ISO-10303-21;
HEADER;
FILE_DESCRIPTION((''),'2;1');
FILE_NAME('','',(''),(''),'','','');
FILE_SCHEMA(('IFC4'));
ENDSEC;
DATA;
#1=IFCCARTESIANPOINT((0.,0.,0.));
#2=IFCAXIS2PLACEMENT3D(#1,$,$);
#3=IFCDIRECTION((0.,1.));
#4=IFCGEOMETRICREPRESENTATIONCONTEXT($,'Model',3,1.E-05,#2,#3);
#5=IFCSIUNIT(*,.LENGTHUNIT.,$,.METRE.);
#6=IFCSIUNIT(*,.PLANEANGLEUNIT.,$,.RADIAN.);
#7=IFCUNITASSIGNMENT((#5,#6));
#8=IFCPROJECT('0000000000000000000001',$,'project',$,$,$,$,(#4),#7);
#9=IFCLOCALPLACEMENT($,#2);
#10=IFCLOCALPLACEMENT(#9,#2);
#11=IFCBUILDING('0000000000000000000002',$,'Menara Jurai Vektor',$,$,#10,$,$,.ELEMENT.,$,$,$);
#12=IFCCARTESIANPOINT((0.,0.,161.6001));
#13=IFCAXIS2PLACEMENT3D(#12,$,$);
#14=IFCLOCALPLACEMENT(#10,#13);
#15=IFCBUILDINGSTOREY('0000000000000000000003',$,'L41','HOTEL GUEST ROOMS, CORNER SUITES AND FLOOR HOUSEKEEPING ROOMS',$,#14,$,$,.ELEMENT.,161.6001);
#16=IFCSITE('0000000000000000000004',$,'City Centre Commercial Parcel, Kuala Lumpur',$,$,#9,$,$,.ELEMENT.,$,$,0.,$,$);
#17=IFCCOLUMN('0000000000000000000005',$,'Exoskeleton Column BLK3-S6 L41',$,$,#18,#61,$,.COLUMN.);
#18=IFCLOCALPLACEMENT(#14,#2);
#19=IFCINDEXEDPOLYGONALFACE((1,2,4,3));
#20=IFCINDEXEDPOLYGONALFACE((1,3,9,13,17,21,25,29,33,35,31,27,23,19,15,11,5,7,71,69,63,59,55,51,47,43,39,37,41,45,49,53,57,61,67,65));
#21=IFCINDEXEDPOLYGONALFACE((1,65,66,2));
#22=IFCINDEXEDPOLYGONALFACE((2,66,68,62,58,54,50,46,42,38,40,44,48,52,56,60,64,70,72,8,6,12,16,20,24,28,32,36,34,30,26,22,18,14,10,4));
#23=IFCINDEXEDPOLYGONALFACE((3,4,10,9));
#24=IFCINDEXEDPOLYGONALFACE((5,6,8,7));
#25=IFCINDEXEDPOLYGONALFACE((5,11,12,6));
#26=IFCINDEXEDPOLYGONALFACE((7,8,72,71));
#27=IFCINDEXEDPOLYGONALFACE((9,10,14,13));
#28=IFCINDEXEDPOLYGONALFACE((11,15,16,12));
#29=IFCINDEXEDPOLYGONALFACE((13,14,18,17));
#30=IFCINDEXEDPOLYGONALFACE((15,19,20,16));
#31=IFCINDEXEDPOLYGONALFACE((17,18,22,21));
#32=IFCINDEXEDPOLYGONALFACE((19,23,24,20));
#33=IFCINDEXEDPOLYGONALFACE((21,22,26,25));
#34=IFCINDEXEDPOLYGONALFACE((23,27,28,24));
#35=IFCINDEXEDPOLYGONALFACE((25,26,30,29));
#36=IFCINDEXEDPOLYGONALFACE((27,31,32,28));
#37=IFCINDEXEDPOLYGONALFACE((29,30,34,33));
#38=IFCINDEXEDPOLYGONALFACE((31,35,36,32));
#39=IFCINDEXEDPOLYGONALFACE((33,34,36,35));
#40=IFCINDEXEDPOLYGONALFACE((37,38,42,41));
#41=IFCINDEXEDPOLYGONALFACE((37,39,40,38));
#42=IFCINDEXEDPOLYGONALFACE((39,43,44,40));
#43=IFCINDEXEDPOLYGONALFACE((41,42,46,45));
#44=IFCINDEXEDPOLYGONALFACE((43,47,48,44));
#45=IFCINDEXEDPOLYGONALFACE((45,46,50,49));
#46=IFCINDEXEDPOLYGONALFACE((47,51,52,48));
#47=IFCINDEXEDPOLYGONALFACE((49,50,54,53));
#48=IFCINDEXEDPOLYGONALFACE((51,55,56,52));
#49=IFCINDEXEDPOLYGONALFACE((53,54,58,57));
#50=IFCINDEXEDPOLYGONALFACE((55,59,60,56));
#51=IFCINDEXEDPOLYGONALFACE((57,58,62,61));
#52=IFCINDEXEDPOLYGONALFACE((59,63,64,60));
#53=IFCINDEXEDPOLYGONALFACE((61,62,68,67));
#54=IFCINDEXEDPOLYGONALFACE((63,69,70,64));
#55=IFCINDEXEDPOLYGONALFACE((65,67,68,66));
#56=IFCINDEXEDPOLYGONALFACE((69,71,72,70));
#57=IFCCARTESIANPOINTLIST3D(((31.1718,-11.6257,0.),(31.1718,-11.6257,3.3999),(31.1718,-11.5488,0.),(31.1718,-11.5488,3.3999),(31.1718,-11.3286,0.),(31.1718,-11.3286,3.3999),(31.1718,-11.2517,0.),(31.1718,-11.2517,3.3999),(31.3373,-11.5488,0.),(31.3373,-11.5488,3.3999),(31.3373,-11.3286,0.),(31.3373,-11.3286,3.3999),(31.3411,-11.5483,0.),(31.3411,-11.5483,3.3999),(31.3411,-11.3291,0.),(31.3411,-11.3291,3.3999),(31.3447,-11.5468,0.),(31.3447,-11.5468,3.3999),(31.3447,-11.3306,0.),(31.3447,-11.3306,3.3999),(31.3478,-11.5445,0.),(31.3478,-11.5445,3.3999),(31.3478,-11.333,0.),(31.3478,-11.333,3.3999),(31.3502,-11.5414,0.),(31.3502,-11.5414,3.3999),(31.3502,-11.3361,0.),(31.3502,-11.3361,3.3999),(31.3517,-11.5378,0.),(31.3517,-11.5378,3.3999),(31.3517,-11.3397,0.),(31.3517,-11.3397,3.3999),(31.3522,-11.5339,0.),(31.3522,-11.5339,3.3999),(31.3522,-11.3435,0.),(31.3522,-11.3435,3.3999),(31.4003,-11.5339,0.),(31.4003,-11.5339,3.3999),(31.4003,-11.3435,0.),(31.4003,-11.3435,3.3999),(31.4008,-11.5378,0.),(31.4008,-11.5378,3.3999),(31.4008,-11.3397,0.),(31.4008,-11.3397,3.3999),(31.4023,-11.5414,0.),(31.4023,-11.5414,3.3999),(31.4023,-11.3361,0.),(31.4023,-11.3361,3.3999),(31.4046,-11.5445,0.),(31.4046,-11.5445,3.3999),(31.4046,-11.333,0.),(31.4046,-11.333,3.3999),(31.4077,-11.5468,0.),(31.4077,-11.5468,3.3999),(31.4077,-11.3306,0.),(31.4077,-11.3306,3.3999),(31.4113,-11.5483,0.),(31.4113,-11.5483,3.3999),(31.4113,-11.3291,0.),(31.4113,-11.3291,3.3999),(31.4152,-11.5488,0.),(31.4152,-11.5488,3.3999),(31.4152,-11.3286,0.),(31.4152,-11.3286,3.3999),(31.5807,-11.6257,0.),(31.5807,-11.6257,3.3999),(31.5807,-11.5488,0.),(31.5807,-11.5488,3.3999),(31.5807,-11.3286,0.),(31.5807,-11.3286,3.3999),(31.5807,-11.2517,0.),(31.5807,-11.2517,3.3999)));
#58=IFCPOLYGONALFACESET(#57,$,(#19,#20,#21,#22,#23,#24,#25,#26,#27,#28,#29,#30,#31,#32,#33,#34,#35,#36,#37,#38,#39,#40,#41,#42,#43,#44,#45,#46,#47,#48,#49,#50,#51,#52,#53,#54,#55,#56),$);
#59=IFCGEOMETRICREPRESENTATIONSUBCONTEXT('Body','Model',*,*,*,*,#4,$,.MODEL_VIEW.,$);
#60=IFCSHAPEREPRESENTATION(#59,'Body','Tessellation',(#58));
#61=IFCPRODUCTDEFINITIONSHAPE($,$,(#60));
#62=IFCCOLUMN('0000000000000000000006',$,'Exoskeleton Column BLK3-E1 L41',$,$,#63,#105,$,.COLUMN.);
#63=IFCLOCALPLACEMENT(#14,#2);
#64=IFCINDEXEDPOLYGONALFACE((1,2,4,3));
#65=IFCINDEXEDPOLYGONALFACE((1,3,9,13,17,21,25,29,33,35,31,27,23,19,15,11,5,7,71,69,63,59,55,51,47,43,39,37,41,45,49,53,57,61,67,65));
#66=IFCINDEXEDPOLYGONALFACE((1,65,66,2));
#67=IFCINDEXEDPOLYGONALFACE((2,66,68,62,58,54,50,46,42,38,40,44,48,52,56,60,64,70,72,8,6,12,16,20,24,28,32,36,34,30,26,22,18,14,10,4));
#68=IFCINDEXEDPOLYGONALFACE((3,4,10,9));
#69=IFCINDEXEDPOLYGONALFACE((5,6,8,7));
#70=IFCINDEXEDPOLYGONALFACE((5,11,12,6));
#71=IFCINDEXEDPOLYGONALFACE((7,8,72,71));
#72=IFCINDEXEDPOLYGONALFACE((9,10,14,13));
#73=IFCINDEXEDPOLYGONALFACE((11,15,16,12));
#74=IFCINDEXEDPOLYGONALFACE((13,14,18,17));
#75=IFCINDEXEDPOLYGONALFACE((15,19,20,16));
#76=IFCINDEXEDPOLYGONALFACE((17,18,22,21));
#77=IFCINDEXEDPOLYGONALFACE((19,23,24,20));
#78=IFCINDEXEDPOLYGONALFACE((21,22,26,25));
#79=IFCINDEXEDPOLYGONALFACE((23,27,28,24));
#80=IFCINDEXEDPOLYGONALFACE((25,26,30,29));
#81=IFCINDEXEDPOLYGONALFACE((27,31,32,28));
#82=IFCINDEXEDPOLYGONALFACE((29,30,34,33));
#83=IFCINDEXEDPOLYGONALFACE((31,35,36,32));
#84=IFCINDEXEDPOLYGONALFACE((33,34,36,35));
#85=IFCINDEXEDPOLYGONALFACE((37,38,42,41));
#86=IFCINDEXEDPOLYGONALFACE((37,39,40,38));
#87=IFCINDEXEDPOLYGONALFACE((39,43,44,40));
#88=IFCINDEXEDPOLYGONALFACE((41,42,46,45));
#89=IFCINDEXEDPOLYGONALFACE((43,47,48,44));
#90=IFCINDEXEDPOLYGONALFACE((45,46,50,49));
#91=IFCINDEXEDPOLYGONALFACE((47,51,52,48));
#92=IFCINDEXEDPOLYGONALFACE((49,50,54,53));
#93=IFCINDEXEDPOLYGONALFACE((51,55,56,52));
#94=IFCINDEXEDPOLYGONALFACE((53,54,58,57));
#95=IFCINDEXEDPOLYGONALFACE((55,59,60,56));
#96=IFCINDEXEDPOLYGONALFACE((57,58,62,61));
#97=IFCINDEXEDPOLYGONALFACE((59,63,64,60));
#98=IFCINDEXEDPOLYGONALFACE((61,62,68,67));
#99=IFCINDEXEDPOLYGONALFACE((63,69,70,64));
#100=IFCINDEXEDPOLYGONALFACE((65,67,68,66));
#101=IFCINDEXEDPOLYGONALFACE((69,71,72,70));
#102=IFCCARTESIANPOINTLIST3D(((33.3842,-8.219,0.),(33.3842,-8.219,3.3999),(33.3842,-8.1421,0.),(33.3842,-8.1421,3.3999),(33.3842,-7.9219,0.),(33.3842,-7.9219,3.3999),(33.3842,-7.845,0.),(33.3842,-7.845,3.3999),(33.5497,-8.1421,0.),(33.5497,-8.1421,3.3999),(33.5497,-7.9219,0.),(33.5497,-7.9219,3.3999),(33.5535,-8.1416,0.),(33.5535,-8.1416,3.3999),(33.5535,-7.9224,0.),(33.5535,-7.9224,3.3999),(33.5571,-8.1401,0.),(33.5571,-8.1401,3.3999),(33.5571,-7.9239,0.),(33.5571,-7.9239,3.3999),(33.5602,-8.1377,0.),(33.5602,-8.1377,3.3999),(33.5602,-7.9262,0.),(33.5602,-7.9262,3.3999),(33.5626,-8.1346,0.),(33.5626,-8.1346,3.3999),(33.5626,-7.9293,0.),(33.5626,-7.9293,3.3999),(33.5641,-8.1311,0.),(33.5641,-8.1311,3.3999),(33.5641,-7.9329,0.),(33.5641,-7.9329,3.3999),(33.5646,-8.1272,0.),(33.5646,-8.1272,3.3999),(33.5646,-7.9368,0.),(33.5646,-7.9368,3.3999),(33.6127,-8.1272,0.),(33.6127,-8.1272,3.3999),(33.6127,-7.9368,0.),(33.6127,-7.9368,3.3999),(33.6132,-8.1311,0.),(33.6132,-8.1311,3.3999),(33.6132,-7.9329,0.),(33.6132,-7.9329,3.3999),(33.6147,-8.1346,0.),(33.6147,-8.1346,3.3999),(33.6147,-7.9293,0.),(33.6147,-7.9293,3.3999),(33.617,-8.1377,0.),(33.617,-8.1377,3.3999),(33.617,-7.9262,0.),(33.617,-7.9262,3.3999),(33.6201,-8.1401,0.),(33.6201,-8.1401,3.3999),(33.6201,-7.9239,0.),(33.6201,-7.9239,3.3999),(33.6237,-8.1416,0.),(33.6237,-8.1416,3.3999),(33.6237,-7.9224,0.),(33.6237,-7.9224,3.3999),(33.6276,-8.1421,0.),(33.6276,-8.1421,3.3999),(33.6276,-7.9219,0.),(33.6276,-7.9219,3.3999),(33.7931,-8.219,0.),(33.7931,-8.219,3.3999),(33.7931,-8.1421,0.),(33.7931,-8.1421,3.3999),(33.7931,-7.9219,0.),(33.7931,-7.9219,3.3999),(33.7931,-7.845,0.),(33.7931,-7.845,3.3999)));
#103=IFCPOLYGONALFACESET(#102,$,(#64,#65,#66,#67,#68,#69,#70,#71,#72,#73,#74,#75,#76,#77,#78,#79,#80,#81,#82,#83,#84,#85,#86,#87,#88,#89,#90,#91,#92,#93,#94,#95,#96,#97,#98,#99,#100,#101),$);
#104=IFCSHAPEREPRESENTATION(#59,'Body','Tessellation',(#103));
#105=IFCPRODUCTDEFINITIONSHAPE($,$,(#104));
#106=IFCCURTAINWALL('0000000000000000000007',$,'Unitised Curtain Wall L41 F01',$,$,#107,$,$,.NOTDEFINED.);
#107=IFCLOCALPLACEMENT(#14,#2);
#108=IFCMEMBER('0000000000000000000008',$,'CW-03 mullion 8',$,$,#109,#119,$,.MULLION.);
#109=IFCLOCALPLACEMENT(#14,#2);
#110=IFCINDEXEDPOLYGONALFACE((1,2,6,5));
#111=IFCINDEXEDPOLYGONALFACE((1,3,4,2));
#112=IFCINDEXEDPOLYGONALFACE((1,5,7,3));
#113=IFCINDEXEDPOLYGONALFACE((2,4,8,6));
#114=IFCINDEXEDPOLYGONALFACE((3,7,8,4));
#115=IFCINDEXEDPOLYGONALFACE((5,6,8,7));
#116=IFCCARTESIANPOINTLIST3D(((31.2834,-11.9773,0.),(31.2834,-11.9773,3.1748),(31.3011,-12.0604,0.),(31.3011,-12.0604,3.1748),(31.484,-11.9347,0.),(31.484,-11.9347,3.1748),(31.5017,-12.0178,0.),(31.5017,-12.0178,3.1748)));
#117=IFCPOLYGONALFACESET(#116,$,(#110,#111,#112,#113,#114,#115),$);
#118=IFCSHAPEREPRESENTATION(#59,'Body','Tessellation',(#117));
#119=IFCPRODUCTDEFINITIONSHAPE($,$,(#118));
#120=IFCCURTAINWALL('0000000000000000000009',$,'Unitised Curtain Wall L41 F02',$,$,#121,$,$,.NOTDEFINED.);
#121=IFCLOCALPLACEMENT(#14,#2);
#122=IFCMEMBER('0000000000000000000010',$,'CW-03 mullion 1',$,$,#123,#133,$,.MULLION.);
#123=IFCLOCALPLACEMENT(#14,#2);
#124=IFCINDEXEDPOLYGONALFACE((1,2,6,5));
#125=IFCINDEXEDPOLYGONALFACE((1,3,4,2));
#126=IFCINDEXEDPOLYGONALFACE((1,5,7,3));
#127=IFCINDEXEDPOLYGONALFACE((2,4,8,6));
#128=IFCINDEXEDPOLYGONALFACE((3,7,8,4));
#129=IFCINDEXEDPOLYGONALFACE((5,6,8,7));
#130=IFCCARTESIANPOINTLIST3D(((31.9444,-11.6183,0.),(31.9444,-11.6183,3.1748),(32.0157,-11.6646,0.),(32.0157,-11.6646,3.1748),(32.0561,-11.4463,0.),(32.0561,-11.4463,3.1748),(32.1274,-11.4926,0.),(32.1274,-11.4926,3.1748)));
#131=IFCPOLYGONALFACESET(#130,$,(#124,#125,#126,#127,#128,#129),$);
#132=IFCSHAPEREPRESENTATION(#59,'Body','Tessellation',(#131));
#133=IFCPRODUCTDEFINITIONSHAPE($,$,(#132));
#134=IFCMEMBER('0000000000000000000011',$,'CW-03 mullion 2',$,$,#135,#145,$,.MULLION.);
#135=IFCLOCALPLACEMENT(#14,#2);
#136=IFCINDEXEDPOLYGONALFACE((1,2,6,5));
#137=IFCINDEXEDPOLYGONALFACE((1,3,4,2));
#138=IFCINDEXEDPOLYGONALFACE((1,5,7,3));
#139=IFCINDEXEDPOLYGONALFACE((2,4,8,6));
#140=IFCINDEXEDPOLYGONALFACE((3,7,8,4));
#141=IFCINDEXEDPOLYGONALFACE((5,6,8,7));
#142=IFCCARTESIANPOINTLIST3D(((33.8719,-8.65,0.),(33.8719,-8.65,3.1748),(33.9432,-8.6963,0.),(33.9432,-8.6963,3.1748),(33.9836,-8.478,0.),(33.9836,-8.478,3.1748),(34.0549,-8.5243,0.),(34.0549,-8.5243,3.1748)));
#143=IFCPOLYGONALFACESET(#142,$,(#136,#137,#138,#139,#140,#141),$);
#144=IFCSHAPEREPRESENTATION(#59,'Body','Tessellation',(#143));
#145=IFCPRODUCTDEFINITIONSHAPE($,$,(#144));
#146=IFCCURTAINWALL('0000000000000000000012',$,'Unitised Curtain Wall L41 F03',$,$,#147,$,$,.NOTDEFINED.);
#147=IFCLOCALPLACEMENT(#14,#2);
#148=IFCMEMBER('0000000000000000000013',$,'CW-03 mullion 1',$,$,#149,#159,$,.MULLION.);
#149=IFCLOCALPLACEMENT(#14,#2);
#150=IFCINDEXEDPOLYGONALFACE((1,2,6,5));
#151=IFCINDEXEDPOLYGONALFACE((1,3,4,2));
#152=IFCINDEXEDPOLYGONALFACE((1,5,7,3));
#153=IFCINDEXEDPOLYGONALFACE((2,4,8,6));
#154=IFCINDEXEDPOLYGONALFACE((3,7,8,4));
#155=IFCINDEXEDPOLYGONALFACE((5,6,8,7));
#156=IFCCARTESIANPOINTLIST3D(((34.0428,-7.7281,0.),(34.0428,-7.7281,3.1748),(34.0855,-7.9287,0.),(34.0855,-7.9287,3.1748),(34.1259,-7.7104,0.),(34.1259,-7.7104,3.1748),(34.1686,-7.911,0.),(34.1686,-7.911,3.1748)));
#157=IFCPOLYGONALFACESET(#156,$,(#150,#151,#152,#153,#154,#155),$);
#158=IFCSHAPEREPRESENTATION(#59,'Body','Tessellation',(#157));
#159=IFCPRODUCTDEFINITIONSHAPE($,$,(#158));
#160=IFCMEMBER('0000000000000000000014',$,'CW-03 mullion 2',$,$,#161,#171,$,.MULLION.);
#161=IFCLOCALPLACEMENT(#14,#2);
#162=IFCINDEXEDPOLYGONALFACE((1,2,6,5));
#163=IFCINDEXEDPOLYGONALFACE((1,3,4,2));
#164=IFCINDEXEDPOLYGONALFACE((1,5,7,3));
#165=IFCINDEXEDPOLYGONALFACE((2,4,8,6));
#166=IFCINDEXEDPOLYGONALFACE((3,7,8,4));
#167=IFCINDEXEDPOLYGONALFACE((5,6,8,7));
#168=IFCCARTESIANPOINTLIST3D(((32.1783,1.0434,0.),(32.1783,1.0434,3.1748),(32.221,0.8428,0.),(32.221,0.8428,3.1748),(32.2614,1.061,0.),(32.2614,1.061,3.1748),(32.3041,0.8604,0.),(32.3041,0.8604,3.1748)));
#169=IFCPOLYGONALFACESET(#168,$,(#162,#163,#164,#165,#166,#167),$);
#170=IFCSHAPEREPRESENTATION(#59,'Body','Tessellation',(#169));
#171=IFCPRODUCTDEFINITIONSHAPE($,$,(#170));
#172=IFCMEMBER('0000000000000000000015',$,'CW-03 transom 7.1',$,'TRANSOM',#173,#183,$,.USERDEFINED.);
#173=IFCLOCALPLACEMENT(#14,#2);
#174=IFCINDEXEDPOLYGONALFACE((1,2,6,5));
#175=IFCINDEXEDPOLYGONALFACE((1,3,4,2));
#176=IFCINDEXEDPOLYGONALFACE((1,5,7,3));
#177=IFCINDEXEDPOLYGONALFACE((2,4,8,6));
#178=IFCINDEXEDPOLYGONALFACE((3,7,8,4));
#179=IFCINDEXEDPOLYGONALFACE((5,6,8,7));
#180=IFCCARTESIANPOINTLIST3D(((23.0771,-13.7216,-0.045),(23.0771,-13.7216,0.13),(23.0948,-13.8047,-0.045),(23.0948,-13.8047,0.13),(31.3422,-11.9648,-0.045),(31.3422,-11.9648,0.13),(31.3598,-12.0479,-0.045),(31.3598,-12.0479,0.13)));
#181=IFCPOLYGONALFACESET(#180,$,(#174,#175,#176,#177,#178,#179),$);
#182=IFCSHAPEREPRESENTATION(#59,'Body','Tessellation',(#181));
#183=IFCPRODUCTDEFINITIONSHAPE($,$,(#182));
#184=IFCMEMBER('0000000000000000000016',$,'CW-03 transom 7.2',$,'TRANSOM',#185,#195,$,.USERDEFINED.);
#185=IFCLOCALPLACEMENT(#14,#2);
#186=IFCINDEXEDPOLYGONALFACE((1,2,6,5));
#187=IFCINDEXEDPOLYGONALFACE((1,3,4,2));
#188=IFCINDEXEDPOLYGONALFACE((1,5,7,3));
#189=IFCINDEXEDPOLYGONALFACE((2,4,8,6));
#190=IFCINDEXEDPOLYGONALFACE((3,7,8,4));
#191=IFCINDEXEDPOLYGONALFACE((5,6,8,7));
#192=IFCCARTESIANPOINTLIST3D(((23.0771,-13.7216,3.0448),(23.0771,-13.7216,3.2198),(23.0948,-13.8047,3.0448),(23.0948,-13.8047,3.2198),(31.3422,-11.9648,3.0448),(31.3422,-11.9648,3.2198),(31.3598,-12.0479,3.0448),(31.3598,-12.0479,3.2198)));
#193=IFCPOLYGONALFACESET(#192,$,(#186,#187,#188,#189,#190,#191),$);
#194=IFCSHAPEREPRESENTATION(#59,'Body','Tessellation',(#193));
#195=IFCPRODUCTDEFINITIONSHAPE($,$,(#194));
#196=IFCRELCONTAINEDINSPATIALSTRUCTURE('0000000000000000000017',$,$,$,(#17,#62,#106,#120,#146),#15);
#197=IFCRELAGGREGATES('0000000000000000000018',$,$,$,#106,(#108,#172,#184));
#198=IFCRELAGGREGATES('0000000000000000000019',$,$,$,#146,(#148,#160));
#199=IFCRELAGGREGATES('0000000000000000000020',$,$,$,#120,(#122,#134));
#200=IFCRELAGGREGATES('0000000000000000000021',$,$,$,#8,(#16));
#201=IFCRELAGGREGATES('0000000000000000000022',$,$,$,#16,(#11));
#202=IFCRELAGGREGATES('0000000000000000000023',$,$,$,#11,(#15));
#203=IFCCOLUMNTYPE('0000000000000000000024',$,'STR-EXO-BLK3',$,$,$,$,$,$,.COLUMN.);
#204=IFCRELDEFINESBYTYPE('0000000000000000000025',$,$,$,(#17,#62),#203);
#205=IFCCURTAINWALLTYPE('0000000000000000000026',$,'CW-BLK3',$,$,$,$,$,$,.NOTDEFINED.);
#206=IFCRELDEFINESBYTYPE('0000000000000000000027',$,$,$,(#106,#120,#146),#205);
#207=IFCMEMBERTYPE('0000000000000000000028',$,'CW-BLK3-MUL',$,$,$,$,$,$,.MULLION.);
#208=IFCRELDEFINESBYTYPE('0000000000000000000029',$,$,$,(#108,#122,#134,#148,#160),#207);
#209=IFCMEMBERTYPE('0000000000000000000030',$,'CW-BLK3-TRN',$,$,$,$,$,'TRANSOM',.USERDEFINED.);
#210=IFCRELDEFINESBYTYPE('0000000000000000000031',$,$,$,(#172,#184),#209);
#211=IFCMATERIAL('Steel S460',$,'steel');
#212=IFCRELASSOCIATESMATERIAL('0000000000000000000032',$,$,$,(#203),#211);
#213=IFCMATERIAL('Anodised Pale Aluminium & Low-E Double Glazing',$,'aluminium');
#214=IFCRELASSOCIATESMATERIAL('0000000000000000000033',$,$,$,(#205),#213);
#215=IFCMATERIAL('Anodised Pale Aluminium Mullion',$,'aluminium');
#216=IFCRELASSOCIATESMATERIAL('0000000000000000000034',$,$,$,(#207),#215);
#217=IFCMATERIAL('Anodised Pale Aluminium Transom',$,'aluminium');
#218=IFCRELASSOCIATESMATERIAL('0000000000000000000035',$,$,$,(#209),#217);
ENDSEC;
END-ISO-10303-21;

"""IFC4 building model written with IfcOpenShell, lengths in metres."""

from ifc_helpers import new_model, si_unit, direction, frame, origin, origin_2d, place, context, subcontext, project, spatial, rectangle, i_section, extrude, material, material_profile, profile_set, type_object, element, aggregate, save


model = new_model("IFC4")

# Units and contexts
model_context = context("Model", 3, precision=1e-05, world=origin(), true_north=direction((0.0, 1.0)))
body_context = subcontext(model_context, "Body", "Model", "MODEL_VIEW")
ifc_project = project(units=[si_unit("LENGTHUNIT", "METRE"), si_unit("PLANEANGLEUNIT", "RADIAN")], contexts=[model_context])

# Site, building, storey
site_placement = place(None, origin())
site = spatial("IfcSite", under=ifc_project, at=site_placement, Name="City Centre Commercial Parcel, Kuala Lumpur", CompositionType="ELEMENT", RefElevation=0.0)
building_placement = place(site_placement, origin())
building = spatial("IfcBuilding", under=site, at=building_placement, Name="Menara Jurai Vektor", CompositionType="ELEMENT")
storey_placement = place(building_placement, frame((0.0, 0.0, 161.6001)))
storey = spatial("IfcBuildingStorey", under=building, at=storey_placement, Name="L41", Description="HOTEL GUEST ROOMS, CORNER SUITES AND FLOOR HOUSEKEEPING ROOMS", CompositionType="ELEMENT", Elevation=161.6001)

# Columns
ifc_material_1 = material(Name="Steel S460", Category="steel")
ifc_material_profile_1 = material_profile(ifc_material_1, i_section(OverallWidth=0.4089, OverallDepth=0.374, WebThickness=0.0481, FlangeThickness=0.0769, FilletRadius=0.0149, at=origin_2d()), Name="HD 400x634")
ifc_profile_set_1 = profile_set([ifc_material_profile_1], Name="Steel S460")
column_type = type_object("IfcColumnType", Name="STR-EXO-BLK3", PredefinedType="COLUMN", material=ifc_profile_set_1)
for number, where, z_axis, x_axis, name in (
    (1, (31.3762, -11.4387, 0.0), (0.0, 0.0, 1.0), (1.0, 0.0, 0.0), "Exoskeleton Column BLK3-S6 L41"),
    (2, (33.5886, -8.032, 0.0), (0.0, 0.0, 1.0), (1.0, 0.0, 0.0), "Exoskeleton Column BLK3-E1 L41"),
):
    element("IfcColumn", number, at=place(storey_placement, frame(where, z_axis=z_axis, x_axis=x_axis)), inside=storey, type_object=column_type, Name=name, PredefinedType="COLUMN", context=body_context, shape_type="SweptSolid", body=[
        extrude(i_section(OverallWidth=0.4089, OverallDepth=0.374, WebThickness=0.0481, FlangeThickness=0.0769, FilletRadius=0.0149, at=origin_2d()), origin(), (0.0, 0.0, 1.0), 3.3999),
    ])

# Curtain wall, member
ifc_material_2 = material(Name="Anodised Pale Aluminium & Low-E Double Glazing", Category="aluminium")
curtain_wall_type = type_object("IfcCurtainWallType", Name="CW-BLK3", PredefinedType="NOTDEFINED", material=ifc_material_2)
curtain_wall_1_placement = place(storey_placement, origin())
curtain_wall_1 = element("IfcCurtainWall", 3, at=curtain_wall_1_placement, inside=storey, type_object=curtain_wall_type, Name="Unitised Curtain Wall L41 F01", PredefinedType="NOTDEFINED")
ifc_material_3 = material(Name="Anodised Pale Aluminium Mullion", Category="aluminium")
ifc_material_profile_2 = material_profile(ifc_material_3, rectangle(XDim=0.085, YDim=0.2051, at=origin_2d()), Name="ALU MUL 85x205")
ifc_profile_set_2 = profile_set([ifc_material_profile_2], Name="Anodised Pale Aluminium Mullion")
member_type_1 = type_object("IfcMemberType", Name="CW-BLK3-MUL", PredefinedType="MULLION", material=ifc_profile_set_2)
member_1_placement = place(storey_placement, frame((31.3926, -11.9976, 0.0), z_axis=(0.0, 0.0, 1.0), x_axis=(-0.207911, 0.978148, 0.0)))
member_1 = element("IfcMember", 4, at=member_1_placement, type_object=member_type_1, Name="CW-03 mullion 8", PredefinedType="MULLION", context=body_context, shape_type="SweptSolid", body=[
    extrude(rectangle(XDim=0.085, YDim=0.2051, at=origin_2d()), origin(), (0.0, 0.0, 1.0), 3.1748),
])

# Curtain walls, members
curtain_wall_2_placement = place(storey_placement, origin())
curtain_wall_2 = element("IfcCurtainWall", 5, at=curtain_wall_2_placement, inside=storey, type_object=curtain_wall_type, Name="Unitised Curtain Wall L41 F02", PredefinedType="NOTDEFINED")
member_2_placement = place(storey_placement, frame((32.0359, -11.5554, 0.0), z_axis=(0.0, 0.0, 1.0), x_axis=(-0.838684, 0.544618, 0.0)))
member_2 = element("IfcMember", 6, at=member_2_placement, type_object=member_type_1, Name="CW-03 mullion 1", PredefinedType="MULLION", context=body_context, shape_type="SweptSolid", body=[
    extrude(rectangle(XDim=0.085, YDim=0.2051, at=origin_2d()), origin(), (0.0, 0.0, 1.0), 3.1748),
])
member_3_placement = place(storey_placement, frame((33.9634, -8.5872, 0.0), z_axis=(0.0, 0.0, 1.0), x_axis=(-0.838684, 0.544618, 0.0)))
member_3 = element("IfcMember", 7, at=member_3_placement, type_object=member_type_1, Name="CW-03 mullion 2", PredefinedType="MULLION", context=body_context, shape_type="SweptSolid", body=[
    extrude(rectangle(XDim=0.085, YDim=0.2051, at=origin_2d()), origin(), (0.0, 0.0, 1.0), 3.1748),
])
curtain_wall_3_placement = place(storey_placement, origin())
curtain_wall_3 = element("IfcCurtainWall", 8, at=curtain_wall_3_placement, inside=storey, type_object=curtain_wall_type, Name="Unitised Curtain Wall L41 F03", PredefinedType="NOTDEFINED")
member_4_placement = place(storey_placement, frame((34.1057, -7.8196, 0.0), z_axis=(0.0, 0.0, 1.0), x_axis=(-0.978148, -0.20791, 0.0)))
member_4 = element("IfcMember", 9, at=member_4_placement, type_object=member_type_1, Name="CW-03 mullion 1", PredefinedType="MULLION", context=body_context, shape_type="SweptSolid", body=[
    extrude(rectangle(XDim=0.085, YDim=0.2051, at=origin_2d()), origin(), (0.0, 0.0, 1.0), 3.1748),
])
member_5_placement = place(storey_placement, frame((32.2412, 0.9519, 0.0), z_axis=(0.0, 0.0, 1.0), x_axis=(-0.978148, -0.20791, 0.0)))
member_5 = element("IfcMember", 10, at=member_5_placement, type_object=member_type_1, Name="CW-03 mullion 2", PredefinedType="MULLION", context=body_context, shape_type="SweptSolid", body=[
    extrude(rectangle(XDim=0.085, YDim=0.2051, at=origin_2d()), origin(), (0.0, 0.0, 1.0), 3.1748),
])

# Members
ifc_material_4 = material(Name="Anodised Pale Aluminium Transom", Category="aluminium")
ifc_material_profile_3 = material_profile(ifc_material_4, rectangle(XDim=0.085, YDim=0.175, at=origin_2d()), Name="ALU TRN 85x175")
ifc_profile_set_3 = profile_set([ifc_material_profile_3], Name="Anodised Pale Aluminium Transom")
member_type_2 = type_object("IfcMemberType", Name="CW-BLK3-TRN", ElementType="TRANSOM", PredefinedType="USERDEFINED", material=ifc_profile_set_3)
member_6_placement = place(storey_placement, frame((23.0859, -13.7632, 0.0425), z_axis=(0.978147, 0.207915, 0.0), x_axis=(-0.207915, 0.978147, 0.0)))
member_6 = element("IfcMember", 11, at=member_6_placement, type_object=member_type_2, Name="CW-03 transom 7.1", ObjectType="TRANSOM", PredefinedType="USERDEFINED", context=body_context, shape_type="SweptSolid", body=[
    extrude(rectangle(XDim=0.085, YDim=0.175, at=origin_2d()), origin(), (0.0, 0.0, 1.0), 8.4497),
])
member_7_placement = place(storey_placement, frame((23.0859, -13.7632, 3.1323), z_axis=(0.978147, 0.207915, 0.0), x_axis=(-0.207915, 0.978147, 0.0)))
member_7 = element("IfcMember", 12, at=member_7_placement, type_object=member_type_2, Name="CW-03 transom 7.2", ObjectType="TRANSOM", PredefinedType="USERDEFINED", context=body_context, shape_type="SweptSolid", body=[
    extrude(rectangle(XDim=0.085, YDim=0.175, at=origin_2d()), origin(), (0.0, 0.0, 1.0), 8.4497),
])

aggregate(curtain_wall_1, [member_1, member_6, member_7])
aggregate(curtain_wall_3, [member_4, member_5])
aggregate(curtain_wall_2, [member_2, member_3])

save(model, "model.ifc")
